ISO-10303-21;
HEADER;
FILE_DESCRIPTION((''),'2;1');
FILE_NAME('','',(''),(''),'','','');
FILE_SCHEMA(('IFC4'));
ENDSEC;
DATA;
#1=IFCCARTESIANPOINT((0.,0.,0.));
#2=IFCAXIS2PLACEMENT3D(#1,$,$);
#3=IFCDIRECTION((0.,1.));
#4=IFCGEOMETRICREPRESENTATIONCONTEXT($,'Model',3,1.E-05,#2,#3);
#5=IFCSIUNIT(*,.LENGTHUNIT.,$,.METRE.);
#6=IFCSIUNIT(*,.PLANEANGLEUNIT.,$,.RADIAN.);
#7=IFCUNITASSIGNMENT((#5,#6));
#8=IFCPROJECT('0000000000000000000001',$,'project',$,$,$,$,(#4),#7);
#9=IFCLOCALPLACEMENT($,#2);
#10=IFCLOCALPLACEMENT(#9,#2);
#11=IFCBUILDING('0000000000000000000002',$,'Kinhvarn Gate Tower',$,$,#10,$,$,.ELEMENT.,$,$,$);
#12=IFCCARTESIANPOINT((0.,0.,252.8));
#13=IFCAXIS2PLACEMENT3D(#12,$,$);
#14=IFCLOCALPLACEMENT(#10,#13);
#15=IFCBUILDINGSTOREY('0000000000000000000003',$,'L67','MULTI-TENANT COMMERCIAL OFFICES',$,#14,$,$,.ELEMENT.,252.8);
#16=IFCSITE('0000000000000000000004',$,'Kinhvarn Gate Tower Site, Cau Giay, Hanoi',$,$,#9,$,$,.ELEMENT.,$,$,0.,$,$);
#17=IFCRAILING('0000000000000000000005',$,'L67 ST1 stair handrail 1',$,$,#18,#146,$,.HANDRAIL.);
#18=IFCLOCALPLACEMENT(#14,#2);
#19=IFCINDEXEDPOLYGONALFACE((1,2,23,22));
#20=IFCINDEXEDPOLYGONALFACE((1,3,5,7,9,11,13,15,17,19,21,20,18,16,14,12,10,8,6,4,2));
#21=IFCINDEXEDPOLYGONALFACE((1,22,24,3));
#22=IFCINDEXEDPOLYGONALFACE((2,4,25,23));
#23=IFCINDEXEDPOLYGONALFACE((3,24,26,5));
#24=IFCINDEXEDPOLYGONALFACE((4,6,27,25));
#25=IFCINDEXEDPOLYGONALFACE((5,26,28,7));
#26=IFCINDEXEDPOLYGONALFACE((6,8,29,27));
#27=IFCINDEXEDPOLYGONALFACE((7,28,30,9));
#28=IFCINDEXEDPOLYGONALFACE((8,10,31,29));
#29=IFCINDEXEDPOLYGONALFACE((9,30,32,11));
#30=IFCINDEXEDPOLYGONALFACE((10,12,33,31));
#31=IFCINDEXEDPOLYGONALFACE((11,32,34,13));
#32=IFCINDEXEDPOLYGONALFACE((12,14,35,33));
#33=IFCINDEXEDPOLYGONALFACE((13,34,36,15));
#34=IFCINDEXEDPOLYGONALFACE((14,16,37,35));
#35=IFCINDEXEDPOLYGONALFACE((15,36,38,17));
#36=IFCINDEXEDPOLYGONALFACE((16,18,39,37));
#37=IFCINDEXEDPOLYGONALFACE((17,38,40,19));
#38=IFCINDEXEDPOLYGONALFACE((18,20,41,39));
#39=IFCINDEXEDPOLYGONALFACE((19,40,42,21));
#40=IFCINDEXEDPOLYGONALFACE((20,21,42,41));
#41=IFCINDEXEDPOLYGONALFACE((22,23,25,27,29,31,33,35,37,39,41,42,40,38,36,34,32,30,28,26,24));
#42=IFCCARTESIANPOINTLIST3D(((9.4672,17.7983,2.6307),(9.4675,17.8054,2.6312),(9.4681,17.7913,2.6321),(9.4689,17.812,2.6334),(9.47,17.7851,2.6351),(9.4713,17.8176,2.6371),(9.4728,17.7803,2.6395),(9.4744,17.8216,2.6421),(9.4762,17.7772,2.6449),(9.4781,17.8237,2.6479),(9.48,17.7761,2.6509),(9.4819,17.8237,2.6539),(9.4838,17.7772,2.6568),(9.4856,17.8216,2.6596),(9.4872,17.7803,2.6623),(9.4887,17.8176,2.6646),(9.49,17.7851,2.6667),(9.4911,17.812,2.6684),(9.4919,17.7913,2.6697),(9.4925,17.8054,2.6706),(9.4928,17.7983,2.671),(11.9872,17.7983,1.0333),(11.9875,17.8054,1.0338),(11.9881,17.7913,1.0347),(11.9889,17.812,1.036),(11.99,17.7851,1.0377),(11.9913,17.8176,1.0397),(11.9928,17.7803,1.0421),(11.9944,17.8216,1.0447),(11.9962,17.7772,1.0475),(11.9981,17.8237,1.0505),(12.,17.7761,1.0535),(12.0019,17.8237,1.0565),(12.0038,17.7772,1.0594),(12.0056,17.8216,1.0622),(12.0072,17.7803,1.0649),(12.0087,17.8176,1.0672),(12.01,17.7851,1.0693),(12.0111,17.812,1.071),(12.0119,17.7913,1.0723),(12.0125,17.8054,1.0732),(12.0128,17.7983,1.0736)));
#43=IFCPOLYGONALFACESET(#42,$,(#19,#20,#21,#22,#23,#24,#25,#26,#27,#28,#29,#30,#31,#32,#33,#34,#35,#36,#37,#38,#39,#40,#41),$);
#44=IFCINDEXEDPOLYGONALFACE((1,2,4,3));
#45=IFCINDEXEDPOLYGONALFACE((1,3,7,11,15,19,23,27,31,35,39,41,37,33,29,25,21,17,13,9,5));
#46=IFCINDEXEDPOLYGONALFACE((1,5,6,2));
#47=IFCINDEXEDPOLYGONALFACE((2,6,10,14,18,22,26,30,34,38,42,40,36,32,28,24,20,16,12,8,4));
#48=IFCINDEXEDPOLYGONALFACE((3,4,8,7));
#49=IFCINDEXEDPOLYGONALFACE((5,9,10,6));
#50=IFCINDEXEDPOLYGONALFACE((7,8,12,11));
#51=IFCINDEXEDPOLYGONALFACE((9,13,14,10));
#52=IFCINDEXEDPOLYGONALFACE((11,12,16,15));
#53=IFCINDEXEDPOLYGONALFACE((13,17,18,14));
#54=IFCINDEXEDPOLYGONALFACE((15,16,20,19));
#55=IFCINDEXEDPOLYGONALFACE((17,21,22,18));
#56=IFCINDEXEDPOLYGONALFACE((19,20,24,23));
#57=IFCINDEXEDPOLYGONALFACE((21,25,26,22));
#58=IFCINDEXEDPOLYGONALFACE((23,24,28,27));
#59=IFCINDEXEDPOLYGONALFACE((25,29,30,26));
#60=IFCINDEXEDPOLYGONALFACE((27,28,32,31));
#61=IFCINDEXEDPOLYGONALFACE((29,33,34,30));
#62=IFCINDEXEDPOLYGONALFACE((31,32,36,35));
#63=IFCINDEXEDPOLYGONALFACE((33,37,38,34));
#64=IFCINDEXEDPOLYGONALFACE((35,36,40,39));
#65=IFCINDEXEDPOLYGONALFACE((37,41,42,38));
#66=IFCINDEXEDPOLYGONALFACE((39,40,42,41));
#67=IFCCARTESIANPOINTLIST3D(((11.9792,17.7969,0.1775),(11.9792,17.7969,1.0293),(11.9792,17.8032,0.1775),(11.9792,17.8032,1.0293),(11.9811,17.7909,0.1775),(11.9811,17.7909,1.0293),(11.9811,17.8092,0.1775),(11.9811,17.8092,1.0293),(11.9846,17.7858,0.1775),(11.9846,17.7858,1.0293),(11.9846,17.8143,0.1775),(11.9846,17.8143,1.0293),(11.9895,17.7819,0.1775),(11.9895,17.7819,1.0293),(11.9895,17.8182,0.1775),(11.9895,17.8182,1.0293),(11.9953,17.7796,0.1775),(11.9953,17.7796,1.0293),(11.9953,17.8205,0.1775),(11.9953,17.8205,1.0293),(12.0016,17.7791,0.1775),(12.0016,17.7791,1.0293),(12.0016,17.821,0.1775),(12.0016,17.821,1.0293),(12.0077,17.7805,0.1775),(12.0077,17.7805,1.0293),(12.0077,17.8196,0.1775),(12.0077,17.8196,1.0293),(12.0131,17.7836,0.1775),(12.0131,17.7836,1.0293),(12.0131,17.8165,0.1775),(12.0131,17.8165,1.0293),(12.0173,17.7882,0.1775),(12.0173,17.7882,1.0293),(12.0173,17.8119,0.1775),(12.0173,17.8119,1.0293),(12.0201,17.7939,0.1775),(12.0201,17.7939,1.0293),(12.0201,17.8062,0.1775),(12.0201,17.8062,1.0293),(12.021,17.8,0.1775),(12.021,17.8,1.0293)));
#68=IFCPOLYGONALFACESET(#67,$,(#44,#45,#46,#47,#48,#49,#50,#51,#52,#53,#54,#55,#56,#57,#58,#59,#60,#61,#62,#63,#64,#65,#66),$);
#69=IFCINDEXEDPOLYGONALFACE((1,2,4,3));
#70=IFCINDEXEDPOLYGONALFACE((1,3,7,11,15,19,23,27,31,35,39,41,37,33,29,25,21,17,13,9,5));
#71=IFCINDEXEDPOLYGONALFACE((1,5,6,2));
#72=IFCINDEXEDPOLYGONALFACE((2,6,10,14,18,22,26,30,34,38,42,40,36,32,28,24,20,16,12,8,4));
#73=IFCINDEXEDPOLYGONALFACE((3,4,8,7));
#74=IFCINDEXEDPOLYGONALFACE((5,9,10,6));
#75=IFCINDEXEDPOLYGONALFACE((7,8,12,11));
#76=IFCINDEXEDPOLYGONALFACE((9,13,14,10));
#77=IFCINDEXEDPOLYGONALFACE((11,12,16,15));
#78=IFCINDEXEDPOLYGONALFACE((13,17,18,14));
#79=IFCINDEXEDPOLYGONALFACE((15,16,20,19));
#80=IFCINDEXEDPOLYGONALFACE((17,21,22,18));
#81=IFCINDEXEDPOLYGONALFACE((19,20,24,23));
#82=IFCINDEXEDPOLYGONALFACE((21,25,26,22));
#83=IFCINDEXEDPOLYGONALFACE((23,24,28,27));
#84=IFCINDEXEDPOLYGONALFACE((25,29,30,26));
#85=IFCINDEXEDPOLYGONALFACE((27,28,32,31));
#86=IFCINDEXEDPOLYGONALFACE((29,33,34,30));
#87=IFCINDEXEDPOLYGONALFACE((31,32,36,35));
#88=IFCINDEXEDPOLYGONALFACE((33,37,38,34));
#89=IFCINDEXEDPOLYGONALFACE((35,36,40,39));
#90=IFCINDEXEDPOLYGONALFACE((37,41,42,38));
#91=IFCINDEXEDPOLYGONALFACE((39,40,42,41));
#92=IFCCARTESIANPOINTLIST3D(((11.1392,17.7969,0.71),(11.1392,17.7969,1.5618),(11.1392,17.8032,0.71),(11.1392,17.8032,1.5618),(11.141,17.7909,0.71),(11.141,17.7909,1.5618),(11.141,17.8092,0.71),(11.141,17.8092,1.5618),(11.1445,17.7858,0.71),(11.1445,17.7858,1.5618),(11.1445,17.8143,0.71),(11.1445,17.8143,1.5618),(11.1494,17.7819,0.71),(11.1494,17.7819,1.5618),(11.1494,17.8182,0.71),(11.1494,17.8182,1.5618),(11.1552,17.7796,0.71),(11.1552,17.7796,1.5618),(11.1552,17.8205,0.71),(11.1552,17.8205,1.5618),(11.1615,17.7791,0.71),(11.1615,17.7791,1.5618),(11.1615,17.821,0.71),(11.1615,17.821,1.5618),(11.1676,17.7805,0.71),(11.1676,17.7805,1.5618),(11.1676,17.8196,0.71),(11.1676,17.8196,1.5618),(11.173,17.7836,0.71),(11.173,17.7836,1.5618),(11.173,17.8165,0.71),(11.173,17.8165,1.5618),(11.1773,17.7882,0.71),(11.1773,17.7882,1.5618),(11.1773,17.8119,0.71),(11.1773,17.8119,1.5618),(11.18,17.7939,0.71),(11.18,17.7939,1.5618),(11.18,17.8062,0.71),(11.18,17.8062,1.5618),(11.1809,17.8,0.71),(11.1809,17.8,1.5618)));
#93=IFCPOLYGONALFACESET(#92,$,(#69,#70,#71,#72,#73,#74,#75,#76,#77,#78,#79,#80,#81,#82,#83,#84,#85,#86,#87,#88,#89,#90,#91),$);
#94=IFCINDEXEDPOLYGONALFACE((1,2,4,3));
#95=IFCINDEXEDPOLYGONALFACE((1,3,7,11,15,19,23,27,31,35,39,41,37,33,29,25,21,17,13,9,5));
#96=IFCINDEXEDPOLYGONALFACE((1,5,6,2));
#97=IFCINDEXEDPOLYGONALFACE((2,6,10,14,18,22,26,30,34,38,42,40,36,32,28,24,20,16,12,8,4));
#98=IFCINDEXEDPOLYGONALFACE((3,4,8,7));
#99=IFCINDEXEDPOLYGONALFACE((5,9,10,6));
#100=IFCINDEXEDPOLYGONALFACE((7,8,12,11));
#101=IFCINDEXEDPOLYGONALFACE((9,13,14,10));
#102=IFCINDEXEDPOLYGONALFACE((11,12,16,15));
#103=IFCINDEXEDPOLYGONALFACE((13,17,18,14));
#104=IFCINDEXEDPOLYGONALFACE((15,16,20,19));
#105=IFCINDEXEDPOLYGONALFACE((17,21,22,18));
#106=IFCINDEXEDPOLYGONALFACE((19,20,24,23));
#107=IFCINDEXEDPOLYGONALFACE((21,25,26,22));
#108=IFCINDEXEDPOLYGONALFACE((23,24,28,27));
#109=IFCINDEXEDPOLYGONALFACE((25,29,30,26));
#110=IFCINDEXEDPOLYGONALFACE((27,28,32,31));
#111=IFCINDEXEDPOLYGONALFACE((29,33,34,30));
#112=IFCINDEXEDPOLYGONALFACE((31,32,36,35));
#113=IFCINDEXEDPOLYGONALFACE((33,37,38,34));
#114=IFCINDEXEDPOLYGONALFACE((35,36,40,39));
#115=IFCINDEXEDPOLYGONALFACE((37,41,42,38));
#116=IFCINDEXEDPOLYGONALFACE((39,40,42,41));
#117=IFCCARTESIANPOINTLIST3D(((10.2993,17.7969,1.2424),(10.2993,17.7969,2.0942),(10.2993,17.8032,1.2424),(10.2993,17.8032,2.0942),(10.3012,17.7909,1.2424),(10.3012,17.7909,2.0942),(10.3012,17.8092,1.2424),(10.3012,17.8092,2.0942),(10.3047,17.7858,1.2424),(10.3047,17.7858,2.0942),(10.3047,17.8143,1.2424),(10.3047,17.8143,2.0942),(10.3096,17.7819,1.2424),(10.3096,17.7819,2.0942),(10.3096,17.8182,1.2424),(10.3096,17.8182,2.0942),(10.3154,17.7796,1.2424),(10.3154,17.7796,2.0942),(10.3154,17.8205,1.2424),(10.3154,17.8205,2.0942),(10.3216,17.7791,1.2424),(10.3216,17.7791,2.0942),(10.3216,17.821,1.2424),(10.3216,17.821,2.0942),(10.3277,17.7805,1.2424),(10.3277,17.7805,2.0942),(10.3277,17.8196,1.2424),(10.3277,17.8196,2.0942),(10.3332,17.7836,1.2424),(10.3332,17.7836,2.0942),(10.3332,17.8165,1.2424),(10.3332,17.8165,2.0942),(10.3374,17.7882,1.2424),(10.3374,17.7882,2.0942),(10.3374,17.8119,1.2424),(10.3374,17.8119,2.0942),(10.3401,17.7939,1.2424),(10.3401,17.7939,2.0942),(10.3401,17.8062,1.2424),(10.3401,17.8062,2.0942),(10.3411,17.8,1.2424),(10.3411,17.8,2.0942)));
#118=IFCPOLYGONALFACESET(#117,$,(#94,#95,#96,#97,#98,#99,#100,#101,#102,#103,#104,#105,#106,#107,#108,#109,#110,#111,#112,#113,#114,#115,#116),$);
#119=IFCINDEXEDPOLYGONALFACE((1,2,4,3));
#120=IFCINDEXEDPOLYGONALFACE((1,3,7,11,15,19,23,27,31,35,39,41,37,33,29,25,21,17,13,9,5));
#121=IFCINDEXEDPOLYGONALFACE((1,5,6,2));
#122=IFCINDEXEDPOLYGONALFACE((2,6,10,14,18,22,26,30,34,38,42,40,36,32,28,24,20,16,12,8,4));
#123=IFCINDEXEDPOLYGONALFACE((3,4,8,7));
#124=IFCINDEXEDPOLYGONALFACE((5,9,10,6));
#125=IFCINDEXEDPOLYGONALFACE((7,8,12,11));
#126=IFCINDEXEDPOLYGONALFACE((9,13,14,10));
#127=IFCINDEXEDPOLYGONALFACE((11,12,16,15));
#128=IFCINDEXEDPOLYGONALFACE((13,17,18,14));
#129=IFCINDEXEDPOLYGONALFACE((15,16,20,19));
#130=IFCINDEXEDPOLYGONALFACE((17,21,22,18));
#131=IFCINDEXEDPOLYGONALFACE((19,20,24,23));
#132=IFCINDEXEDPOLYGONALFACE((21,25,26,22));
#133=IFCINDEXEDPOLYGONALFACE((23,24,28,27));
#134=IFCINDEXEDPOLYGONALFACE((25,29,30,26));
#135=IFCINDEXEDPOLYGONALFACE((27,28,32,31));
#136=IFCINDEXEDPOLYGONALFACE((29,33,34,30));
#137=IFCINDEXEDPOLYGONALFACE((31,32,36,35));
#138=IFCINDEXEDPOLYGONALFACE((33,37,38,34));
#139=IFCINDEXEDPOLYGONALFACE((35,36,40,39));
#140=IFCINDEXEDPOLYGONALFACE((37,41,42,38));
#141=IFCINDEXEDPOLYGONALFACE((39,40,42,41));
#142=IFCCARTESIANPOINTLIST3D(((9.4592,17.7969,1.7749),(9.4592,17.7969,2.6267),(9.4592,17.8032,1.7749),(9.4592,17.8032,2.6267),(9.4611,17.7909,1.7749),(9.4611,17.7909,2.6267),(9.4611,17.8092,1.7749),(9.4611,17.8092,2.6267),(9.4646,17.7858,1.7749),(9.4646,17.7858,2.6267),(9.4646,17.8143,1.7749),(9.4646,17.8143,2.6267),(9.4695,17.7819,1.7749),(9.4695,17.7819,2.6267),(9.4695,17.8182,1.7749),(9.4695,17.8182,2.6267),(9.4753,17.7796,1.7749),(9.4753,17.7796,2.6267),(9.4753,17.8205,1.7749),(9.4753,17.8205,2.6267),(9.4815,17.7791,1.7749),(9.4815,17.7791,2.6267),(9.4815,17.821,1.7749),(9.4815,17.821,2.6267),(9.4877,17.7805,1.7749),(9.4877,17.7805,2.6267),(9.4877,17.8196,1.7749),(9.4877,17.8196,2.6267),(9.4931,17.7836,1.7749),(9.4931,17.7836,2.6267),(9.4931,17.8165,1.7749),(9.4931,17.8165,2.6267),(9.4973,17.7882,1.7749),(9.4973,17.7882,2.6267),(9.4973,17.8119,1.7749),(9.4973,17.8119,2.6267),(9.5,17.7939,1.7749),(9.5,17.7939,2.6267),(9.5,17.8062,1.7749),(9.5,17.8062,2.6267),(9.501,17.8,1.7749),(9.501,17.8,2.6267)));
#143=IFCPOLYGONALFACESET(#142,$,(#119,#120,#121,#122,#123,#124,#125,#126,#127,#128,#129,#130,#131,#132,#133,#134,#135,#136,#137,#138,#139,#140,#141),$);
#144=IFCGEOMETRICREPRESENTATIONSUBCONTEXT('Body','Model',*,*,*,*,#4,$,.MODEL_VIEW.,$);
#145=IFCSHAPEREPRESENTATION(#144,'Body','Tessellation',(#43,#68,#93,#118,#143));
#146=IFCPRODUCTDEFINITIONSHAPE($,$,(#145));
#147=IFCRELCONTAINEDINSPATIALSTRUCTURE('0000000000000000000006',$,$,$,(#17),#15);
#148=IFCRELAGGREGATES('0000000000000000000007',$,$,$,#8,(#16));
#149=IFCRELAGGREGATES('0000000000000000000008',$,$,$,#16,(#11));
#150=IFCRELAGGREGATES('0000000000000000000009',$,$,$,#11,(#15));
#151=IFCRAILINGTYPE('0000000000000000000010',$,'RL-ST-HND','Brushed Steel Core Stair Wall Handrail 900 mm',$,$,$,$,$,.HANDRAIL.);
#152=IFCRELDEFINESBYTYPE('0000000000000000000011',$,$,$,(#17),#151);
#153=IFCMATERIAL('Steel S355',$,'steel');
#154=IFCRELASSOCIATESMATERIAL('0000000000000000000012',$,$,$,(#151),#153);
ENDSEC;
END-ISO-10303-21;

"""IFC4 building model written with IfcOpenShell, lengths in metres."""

from ifc_helpers import new_model, si_unit, direction, frame, origin, origin_2d, place, context, subcontext, project, spatial, circle, extrude, material, type_object, element, save


model = new_model("IFC4")

# Units and contexts
model_context = context("Model", 3, precision=1e-05, world=origin(), true_north=direction((0.0, 1.0)))
body_context = subcontext(model_context, "Body", "Model", "MODEL_VIEW")
ifc_project = project(units=[si_unit("LENGTHUNIT", "METRE"), si_unit("PLANEANGLEUNIT", "RADIAN")], contexts=[model_context])

# Site, building, storey
site_placement = place(None, origin())
site = spatial("IfcSite", under=ifc_project, at=site_placement, Name="Kinhvarn Gate Tower Site, Cau Giay, Hanoi", CompositionType="ELEMENT", RefElevation=0.0)
building_placement = place(site_placement, origin())
building = spatial("IfcBuilding", under=site, at=building_placement, Name="Kinhvarn Gate Tower", CompositionType="ELEMENT")
storey_placement = place(building_placement, frame((0.0, 0.0, 252.8)))
storey = spatial("IfcBuildingStorey", under=building, at=storey_placement, Name="L67", Description="MULTI-TENANT COMMERCIAL OFFICES", CompositionType="ELEMENT", Elevation=252.8)

# Shared definitions
ifc_material_1 = material(Name="Steel S355", Category="steel")

# Railing
railing_type_1 = type_object("IfcRailingType", Name="RL-ST-HND", Description="Brushed Steel Core Stair Wall Handrail 900 mm", PredefinedType="HANDRAIL", material=ifc_material_1)
railing_1_placement = place(storey_placement, frame((12.0, 17.8, 0.1775)))
element("IfcRailing", 1, at=railing_1_placement, inside=storey, type_object=railing_type_1, Name="L67 ST1 stair handrail 1", PredefinedType="HANDRAIL", context=body_context, shape_type="SweptSolid", body=[
    extrude(circle(Radius=0.0239, at=origin_2d()), frame((0.0, 0.0, 0.876), z_axis=(-0.844607, 0.0, 0.535387), x_axis=(0.0, -1.0, 0.0)), (0.0, 0.0, 1.0), 2.9836),
    extrude(circle(Radius=0.021, at=origin_2d()), origin(), (0.0, 0.0, 1.0), 0.8518),
    extrude(circle(Radius=0.021, at=origin_2d()), frame((-0.8401, 0.0, 0.5325)), (0.0, 0.0, 1.0), 0.8518),
    extrude(circle(Radius=0.021, at=origin_2d()), frame((-1.6799, 0.0, 1.0649)), (0.0, 0.0, 1.0), 0.8518),
    extrude(circle(Radius=0.021, at=origin_2d()), frame((-2.52, 0.0, 1.5974)), (0.0, 0.0, 1.0), 0.8518),
])

save(model, "model.ifc")
